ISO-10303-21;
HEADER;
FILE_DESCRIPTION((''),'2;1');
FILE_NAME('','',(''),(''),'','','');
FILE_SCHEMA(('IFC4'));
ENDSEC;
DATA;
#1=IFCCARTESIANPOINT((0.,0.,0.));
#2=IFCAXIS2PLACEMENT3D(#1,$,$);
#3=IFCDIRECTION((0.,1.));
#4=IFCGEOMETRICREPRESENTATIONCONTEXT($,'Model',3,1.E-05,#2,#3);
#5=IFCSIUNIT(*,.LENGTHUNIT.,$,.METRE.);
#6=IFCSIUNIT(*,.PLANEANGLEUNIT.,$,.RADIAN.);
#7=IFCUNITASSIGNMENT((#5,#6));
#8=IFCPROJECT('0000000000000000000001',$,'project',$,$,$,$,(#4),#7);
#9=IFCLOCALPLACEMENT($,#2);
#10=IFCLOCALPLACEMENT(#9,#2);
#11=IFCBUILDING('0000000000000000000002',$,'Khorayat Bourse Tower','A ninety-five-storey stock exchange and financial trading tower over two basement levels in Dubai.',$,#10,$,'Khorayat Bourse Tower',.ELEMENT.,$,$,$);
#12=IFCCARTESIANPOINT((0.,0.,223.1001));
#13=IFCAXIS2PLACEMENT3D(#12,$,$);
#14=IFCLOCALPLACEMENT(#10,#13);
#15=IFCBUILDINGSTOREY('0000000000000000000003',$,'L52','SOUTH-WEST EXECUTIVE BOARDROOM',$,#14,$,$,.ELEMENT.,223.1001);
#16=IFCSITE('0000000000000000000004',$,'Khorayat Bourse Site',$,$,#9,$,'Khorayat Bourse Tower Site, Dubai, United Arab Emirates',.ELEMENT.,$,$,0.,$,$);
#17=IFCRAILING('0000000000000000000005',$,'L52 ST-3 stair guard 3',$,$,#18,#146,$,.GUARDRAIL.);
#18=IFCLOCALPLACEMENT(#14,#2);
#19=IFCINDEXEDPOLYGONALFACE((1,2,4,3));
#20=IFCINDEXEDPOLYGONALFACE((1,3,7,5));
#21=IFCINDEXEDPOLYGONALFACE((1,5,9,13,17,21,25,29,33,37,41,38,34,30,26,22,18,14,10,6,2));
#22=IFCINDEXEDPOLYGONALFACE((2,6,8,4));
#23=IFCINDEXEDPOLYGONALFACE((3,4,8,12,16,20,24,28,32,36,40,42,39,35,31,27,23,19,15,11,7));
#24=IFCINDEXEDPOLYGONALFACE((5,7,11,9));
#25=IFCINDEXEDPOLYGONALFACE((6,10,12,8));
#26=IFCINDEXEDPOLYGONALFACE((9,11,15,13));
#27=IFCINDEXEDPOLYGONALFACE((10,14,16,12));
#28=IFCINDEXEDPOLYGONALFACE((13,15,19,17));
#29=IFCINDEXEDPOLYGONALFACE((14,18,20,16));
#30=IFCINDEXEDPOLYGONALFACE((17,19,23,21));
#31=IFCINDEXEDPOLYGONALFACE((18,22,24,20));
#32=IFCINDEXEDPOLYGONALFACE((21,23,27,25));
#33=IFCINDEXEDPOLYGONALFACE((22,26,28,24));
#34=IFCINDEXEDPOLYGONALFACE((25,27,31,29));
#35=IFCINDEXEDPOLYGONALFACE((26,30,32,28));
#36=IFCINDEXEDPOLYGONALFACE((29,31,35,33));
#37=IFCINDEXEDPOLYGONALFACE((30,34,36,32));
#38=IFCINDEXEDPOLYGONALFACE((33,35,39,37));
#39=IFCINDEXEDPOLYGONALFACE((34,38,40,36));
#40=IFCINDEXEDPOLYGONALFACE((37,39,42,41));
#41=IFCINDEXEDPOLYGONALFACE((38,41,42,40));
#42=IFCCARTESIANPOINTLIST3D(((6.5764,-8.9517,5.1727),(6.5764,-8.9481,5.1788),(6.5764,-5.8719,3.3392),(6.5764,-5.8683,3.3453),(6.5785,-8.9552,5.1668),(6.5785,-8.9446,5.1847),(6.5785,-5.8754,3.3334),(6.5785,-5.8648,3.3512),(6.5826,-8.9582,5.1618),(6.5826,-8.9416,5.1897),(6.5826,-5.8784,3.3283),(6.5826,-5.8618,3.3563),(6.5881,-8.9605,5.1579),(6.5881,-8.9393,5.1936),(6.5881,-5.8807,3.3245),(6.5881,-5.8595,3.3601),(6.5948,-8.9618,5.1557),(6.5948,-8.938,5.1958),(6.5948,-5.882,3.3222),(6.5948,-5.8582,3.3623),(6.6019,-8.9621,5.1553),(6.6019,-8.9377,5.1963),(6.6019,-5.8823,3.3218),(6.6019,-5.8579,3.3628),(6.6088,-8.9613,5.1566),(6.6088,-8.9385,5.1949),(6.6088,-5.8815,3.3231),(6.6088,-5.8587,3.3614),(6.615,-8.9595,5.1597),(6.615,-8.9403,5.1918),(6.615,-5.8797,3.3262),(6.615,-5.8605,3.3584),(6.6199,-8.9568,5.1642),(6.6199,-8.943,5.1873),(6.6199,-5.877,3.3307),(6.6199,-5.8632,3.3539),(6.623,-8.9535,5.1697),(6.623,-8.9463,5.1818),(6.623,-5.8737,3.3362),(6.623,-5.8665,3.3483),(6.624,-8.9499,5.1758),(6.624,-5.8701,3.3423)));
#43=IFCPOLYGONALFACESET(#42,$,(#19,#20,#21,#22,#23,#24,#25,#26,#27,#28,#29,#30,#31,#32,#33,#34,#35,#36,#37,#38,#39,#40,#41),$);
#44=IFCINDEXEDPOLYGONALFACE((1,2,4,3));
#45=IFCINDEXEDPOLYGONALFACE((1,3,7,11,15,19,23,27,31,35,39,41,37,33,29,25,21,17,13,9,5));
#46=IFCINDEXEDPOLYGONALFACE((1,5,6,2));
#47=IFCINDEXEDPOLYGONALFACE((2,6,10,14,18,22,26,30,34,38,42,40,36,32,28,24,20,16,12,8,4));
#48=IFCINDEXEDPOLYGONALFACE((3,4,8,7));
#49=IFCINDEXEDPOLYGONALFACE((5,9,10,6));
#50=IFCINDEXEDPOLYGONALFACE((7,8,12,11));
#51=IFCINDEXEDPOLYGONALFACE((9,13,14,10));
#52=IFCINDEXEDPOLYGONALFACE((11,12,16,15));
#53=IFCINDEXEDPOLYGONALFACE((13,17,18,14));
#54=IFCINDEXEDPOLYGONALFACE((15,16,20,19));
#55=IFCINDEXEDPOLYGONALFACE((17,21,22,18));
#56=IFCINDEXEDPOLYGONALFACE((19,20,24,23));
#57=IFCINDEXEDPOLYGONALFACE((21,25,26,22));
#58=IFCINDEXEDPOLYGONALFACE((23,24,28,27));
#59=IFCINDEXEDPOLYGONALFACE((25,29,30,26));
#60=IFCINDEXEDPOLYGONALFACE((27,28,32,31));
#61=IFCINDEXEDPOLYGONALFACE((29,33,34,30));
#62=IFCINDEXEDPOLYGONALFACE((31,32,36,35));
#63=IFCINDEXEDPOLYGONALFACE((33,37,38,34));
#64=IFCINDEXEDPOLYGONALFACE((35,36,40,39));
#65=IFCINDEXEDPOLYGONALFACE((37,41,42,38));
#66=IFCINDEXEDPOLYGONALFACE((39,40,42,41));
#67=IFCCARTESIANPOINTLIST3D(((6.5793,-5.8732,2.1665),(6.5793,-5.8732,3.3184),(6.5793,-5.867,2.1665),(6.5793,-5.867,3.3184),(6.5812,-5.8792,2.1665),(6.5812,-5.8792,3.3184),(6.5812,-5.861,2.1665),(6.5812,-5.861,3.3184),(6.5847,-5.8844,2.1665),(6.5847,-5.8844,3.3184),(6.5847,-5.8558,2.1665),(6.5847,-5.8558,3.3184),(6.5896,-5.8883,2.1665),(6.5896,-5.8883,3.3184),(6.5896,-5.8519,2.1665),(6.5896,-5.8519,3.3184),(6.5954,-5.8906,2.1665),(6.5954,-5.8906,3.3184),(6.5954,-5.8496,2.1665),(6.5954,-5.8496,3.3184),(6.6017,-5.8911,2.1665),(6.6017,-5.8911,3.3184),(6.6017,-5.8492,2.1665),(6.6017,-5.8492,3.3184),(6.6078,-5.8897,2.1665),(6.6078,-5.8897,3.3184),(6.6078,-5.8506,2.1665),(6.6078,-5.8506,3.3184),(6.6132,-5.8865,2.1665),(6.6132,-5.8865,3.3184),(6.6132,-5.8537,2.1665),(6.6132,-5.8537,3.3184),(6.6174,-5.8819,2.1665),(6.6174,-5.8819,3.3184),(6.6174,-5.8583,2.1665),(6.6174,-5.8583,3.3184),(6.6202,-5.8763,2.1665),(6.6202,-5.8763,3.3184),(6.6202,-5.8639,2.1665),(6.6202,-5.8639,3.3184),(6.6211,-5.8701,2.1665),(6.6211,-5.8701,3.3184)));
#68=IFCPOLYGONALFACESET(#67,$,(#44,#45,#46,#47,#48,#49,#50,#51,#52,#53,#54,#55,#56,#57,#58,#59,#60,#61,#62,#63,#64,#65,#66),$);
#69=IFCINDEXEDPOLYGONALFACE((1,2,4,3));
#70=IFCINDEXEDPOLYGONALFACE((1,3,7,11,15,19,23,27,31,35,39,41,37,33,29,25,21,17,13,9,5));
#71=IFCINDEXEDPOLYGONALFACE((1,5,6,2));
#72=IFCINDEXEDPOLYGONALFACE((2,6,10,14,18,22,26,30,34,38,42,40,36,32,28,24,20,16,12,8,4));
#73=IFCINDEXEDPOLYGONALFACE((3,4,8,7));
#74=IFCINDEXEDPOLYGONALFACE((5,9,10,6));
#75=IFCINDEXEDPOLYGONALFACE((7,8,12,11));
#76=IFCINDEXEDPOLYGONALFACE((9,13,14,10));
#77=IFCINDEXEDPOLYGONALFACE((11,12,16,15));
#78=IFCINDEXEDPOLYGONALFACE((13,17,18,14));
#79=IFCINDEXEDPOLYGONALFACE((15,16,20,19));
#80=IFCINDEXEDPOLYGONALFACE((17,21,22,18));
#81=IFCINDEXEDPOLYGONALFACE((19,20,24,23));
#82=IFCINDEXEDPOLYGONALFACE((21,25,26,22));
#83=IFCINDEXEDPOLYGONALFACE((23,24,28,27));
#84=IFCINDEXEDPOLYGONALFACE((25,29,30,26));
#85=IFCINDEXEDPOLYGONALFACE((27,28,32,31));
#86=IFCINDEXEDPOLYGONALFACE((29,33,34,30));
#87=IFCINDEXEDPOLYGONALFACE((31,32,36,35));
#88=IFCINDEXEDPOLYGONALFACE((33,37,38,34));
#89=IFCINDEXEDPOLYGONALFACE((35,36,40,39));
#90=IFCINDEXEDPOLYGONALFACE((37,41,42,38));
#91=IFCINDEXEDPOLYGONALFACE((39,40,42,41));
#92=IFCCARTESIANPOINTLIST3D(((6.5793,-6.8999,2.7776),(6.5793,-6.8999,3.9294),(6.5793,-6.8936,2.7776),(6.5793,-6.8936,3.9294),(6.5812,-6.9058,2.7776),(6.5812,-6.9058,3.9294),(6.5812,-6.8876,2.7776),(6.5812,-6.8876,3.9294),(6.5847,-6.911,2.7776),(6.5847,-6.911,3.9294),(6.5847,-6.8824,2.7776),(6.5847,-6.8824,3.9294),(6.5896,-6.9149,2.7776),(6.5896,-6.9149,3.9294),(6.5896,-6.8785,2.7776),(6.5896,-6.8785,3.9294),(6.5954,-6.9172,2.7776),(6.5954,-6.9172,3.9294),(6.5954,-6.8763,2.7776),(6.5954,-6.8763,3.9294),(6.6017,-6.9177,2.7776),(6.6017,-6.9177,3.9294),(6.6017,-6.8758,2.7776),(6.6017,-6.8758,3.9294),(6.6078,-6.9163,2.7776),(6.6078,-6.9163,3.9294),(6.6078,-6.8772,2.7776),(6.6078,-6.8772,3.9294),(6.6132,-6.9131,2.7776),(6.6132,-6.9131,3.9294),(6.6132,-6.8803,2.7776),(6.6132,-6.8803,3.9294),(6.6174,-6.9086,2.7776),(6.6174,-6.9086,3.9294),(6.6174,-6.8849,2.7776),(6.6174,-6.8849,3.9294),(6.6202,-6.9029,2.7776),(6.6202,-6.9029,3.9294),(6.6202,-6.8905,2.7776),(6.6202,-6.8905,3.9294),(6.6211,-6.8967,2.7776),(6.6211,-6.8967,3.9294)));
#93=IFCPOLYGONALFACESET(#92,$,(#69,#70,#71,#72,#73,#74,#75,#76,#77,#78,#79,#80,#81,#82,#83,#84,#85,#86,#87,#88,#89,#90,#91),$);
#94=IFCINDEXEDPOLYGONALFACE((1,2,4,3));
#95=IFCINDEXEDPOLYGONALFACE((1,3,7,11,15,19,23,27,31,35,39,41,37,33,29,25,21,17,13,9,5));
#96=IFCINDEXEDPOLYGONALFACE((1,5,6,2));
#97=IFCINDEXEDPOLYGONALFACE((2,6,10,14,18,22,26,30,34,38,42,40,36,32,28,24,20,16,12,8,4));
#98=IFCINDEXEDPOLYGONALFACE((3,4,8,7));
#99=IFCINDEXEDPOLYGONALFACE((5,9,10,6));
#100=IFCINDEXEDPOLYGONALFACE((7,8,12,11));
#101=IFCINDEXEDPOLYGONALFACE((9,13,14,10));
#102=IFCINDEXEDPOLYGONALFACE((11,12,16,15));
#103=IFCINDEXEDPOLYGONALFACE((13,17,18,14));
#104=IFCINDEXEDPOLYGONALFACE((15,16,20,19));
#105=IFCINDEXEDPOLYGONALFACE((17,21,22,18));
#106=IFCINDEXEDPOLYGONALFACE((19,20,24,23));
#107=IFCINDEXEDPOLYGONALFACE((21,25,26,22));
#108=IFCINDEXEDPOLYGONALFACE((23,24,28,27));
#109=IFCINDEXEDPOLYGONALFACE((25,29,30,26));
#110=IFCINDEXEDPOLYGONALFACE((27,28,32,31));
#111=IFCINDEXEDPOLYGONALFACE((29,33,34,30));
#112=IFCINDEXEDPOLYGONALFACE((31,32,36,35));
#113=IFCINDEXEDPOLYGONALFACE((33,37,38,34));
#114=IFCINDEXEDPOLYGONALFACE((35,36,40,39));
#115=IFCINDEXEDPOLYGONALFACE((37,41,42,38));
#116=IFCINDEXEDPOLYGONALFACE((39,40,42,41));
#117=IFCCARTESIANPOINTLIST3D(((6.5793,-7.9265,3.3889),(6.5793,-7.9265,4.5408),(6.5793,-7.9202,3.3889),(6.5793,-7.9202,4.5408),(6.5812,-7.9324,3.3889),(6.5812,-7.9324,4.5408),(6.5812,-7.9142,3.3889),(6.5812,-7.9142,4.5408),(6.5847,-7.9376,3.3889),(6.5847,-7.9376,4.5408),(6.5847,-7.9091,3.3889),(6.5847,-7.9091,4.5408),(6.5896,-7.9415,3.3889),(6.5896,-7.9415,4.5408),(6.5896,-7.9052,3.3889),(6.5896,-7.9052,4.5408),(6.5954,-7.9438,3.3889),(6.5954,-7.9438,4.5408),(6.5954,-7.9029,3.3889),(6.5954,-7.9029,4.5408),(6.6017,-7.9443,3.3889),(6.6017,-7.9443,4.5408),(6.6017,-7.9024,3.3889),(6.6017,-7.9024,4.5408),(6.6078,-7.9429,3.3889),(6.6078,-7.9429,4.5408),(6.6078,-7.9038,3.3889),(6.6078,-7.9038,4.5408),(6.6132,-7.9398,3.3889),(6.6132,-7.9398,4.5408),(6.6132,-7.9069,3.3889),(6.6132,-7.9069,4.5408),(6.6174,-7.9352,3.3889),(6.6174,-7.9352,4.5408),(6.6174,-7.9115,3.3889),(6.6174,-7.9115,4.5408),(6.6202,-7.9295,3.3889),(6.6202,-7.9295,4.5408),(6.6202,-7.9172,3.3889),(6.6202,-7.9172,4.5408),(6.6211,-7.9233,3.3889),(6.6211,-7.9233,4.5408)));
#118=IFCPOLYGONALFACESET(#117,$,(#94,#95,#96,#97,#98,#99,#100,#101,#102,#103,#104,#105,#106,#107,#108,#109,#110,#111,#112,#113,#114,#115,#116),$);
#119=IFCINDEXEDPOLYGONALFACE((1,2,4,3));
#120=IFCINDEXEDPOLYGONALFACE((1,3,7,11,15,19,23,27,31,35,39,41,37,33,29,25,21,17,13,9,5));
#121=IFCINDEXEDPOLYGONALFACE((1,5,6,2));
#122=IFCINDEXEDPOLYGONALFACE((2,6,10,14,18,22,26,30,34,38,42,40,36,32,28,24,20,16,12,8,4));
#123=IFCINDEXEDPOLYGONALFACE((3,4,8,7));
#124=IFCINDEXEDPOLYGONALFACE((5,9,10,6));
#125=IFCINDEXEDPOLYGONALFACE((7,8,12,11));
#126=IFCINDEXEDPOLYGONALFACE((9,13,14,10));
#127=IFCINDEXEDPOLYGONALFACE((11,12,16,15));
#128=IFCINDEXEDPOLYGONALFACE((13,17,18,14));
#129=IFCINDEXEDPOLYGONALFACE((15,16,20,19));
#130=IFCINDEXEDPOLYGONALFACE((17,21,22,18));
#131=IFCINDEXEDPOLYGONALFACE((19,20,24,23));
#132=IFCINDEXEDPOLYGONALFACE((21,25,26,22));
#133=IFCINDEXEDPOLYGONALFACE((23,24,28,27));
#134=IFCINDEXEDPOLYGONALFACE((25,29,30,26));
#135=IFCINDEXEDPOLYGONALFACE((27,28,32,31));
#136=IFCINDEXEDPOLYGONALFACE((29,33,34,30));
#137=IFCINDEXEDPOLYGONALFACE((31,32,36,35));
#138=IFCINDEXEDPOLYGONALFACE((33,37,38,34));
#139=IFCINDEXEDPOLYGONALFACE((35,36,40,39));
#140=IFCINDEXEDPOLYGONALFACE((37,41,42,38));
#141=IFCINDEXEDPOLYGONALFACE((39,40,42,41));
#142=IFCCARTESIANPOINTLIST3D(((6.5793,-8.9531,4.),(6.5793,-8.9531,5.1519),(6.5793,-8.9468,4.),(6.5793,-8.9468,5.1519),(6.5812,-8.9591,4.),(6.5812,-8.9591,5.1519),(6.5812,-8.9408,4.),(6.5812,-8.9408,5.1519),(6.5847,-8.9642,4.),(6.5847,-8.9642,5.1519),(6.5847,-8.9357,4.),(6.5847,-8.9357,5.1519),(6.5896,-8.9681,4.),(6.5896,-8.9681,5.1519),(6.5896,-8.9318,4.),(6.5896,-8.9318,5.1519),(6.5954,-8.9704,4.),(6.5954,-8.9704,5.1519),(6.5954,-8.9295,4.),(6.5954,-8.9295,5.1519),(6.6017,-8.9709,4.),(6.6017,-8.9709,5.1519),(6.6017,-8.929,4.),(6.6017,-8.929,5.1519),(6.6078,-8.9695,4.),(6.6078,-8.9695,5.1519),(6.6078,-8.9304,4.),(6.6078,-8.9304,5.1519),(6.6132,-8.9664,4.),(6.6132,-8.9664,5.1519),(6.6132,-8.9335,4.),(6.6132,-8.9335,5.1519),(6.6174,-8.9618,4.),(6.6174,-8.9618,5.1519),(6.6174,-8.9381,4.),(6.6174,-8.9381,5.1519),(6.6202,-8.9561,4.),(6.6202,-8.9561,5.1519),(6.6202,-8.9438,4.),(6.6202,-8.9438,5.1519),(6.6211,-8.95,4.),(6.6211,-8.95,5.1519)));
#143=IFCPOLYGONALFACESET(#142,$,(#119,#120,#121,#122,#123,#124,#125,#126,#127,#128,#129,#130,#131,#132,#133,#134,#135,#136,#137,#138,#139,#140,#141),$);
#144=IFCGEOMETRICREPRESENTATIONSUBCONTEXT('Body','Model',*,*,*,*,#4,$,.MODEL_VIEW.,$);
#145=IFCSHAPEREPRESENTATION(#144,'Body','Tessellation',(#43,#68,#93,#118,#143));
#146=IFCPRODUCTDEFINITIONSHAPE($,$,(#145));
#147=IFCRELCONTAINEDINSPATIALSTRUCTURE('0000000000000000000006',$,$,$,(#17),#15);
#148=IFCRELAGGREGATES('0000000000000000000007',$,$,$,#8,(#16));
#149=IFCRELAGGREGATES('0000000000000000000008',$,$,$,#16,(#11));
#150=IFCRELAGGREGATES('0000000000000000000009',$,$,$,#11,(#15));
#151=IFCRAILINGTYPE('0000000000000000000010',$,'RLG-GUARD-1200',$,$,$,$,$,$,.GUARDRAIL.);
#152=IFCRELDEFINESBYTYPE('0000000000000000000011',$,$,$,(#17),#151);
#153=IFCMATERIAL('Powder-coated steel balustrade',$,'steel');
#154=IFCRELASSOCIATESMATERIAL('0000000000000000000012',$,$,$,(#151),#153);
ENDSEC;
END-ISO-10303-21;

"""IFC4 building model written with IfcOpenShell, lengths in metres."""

from ifc_helpers import new_model, si_unit, direction, frame, origin, origin_2d, place, context, subcontext, project, spatial, circle, extrude, source, transform, mapped, material, type_object, element, save


model = new_model("IFC4")

# Units and contexts
model_context = context("Model", 3, precision=1e-05, world=origin(), true_north=direction((0.0, 1.0)))
body_context = subcontext(model_context, "Body", "Model", "MODEL_VIEW")
ifc_project = project(units=[si_unit("LENGTHUNIT", "METRE"), si_unit("PLANEANGLEUNIT", "RADIAN")], contexts=[model_context])

# Site, building, storey
site_placement = place(None, origin())
site = spatial("IfcSite", under=ifc_project, at=site_placement, Name="Khorayat Bourse Site", LongName="Khorayat Bourse Tower Site, Dubai, United Arab Emirates", CompositionType="ELEMENT", RefElevation=0.0)
building_placement = place(site_placement, origin())
building = spatial("IfcBuilding", under=site, at=building_placement, Name="Khorayat Bourse Tower", Description="A ninety-five-storey stock exchange and financial trading tower over two basement levels in Dubai.", LongName="Khorayat Bourse Tower", CompositionType="ELEMENT")
storey_placement = place(building_placement, frame((0.0, 0.0, 223.1001)))
storey = spatial("IfcBuildingStorey", under=building, at=storey_placement, Name="L52", Description="SOUTH-WEST EXECUTIVE BOARDROOM", CompositionType="ELEMENT", Elevation=223.1001)

# Railing
ifc_material_1 = material(Name="Powder-coated steel balustrade", Category="steel")
railing_type_1 = type_object("IfcRailingType", Name="RLG-GUARD-1200", PredefinedType="GUARDRAIL", material=ifc_material_1)
shared_shape_1 = source(origin(), body_context, "Body", "SweptSolid", [
    extrude(circle(Radius=0.0239, at=origin_2d()), frame((0.0, 0.0, 1.1758), z_axis=(0.0, -0.859261, 0.511538), x_axis=(1.0, 0.0, 0.0)), (0.0, 0.0, 1.0), 3.5842),
    extrude(circle(Radius=0.021, at=origin_2d()), origin(), (0.0, 0.0, 1.0), 1.1519),
    extrude(circle(Radius=0.021, at=origin_2d()), frame((0.0, -1.0266, 0.6111)), (0.0, 0.0, 1.0), 1.1519),
    extrude(circle(Radius=0.021, at=origin_2d()), frame((0.0, -2.0532, 1.2224)), (0.0, 0.0, 1.0), 1.1519),
    extrude(circle(Radius=0.021, at=origin_2d()), frame((0.0, -3.0798, 1.8335)), (0.0, 0.0, 1.0), 1.1519),
])
railing_1_placement = place(storey_placement, frame((6.6001, -5.8701, 2.1665)))
element("IfcRailing", 1, at=railing_1_placement, inside=storey, type_object=railing_type_1, Name="L52 ST-3 stair guard 3", PredefinedType="GUARDRAIL", context=body_context, shape_type="MappedRepresentation", body=[
    mapped(shared_shape_1, transform((0.0, 0.0, 0.0), scale=1.0)),
])

save(model, "model.ifc")
